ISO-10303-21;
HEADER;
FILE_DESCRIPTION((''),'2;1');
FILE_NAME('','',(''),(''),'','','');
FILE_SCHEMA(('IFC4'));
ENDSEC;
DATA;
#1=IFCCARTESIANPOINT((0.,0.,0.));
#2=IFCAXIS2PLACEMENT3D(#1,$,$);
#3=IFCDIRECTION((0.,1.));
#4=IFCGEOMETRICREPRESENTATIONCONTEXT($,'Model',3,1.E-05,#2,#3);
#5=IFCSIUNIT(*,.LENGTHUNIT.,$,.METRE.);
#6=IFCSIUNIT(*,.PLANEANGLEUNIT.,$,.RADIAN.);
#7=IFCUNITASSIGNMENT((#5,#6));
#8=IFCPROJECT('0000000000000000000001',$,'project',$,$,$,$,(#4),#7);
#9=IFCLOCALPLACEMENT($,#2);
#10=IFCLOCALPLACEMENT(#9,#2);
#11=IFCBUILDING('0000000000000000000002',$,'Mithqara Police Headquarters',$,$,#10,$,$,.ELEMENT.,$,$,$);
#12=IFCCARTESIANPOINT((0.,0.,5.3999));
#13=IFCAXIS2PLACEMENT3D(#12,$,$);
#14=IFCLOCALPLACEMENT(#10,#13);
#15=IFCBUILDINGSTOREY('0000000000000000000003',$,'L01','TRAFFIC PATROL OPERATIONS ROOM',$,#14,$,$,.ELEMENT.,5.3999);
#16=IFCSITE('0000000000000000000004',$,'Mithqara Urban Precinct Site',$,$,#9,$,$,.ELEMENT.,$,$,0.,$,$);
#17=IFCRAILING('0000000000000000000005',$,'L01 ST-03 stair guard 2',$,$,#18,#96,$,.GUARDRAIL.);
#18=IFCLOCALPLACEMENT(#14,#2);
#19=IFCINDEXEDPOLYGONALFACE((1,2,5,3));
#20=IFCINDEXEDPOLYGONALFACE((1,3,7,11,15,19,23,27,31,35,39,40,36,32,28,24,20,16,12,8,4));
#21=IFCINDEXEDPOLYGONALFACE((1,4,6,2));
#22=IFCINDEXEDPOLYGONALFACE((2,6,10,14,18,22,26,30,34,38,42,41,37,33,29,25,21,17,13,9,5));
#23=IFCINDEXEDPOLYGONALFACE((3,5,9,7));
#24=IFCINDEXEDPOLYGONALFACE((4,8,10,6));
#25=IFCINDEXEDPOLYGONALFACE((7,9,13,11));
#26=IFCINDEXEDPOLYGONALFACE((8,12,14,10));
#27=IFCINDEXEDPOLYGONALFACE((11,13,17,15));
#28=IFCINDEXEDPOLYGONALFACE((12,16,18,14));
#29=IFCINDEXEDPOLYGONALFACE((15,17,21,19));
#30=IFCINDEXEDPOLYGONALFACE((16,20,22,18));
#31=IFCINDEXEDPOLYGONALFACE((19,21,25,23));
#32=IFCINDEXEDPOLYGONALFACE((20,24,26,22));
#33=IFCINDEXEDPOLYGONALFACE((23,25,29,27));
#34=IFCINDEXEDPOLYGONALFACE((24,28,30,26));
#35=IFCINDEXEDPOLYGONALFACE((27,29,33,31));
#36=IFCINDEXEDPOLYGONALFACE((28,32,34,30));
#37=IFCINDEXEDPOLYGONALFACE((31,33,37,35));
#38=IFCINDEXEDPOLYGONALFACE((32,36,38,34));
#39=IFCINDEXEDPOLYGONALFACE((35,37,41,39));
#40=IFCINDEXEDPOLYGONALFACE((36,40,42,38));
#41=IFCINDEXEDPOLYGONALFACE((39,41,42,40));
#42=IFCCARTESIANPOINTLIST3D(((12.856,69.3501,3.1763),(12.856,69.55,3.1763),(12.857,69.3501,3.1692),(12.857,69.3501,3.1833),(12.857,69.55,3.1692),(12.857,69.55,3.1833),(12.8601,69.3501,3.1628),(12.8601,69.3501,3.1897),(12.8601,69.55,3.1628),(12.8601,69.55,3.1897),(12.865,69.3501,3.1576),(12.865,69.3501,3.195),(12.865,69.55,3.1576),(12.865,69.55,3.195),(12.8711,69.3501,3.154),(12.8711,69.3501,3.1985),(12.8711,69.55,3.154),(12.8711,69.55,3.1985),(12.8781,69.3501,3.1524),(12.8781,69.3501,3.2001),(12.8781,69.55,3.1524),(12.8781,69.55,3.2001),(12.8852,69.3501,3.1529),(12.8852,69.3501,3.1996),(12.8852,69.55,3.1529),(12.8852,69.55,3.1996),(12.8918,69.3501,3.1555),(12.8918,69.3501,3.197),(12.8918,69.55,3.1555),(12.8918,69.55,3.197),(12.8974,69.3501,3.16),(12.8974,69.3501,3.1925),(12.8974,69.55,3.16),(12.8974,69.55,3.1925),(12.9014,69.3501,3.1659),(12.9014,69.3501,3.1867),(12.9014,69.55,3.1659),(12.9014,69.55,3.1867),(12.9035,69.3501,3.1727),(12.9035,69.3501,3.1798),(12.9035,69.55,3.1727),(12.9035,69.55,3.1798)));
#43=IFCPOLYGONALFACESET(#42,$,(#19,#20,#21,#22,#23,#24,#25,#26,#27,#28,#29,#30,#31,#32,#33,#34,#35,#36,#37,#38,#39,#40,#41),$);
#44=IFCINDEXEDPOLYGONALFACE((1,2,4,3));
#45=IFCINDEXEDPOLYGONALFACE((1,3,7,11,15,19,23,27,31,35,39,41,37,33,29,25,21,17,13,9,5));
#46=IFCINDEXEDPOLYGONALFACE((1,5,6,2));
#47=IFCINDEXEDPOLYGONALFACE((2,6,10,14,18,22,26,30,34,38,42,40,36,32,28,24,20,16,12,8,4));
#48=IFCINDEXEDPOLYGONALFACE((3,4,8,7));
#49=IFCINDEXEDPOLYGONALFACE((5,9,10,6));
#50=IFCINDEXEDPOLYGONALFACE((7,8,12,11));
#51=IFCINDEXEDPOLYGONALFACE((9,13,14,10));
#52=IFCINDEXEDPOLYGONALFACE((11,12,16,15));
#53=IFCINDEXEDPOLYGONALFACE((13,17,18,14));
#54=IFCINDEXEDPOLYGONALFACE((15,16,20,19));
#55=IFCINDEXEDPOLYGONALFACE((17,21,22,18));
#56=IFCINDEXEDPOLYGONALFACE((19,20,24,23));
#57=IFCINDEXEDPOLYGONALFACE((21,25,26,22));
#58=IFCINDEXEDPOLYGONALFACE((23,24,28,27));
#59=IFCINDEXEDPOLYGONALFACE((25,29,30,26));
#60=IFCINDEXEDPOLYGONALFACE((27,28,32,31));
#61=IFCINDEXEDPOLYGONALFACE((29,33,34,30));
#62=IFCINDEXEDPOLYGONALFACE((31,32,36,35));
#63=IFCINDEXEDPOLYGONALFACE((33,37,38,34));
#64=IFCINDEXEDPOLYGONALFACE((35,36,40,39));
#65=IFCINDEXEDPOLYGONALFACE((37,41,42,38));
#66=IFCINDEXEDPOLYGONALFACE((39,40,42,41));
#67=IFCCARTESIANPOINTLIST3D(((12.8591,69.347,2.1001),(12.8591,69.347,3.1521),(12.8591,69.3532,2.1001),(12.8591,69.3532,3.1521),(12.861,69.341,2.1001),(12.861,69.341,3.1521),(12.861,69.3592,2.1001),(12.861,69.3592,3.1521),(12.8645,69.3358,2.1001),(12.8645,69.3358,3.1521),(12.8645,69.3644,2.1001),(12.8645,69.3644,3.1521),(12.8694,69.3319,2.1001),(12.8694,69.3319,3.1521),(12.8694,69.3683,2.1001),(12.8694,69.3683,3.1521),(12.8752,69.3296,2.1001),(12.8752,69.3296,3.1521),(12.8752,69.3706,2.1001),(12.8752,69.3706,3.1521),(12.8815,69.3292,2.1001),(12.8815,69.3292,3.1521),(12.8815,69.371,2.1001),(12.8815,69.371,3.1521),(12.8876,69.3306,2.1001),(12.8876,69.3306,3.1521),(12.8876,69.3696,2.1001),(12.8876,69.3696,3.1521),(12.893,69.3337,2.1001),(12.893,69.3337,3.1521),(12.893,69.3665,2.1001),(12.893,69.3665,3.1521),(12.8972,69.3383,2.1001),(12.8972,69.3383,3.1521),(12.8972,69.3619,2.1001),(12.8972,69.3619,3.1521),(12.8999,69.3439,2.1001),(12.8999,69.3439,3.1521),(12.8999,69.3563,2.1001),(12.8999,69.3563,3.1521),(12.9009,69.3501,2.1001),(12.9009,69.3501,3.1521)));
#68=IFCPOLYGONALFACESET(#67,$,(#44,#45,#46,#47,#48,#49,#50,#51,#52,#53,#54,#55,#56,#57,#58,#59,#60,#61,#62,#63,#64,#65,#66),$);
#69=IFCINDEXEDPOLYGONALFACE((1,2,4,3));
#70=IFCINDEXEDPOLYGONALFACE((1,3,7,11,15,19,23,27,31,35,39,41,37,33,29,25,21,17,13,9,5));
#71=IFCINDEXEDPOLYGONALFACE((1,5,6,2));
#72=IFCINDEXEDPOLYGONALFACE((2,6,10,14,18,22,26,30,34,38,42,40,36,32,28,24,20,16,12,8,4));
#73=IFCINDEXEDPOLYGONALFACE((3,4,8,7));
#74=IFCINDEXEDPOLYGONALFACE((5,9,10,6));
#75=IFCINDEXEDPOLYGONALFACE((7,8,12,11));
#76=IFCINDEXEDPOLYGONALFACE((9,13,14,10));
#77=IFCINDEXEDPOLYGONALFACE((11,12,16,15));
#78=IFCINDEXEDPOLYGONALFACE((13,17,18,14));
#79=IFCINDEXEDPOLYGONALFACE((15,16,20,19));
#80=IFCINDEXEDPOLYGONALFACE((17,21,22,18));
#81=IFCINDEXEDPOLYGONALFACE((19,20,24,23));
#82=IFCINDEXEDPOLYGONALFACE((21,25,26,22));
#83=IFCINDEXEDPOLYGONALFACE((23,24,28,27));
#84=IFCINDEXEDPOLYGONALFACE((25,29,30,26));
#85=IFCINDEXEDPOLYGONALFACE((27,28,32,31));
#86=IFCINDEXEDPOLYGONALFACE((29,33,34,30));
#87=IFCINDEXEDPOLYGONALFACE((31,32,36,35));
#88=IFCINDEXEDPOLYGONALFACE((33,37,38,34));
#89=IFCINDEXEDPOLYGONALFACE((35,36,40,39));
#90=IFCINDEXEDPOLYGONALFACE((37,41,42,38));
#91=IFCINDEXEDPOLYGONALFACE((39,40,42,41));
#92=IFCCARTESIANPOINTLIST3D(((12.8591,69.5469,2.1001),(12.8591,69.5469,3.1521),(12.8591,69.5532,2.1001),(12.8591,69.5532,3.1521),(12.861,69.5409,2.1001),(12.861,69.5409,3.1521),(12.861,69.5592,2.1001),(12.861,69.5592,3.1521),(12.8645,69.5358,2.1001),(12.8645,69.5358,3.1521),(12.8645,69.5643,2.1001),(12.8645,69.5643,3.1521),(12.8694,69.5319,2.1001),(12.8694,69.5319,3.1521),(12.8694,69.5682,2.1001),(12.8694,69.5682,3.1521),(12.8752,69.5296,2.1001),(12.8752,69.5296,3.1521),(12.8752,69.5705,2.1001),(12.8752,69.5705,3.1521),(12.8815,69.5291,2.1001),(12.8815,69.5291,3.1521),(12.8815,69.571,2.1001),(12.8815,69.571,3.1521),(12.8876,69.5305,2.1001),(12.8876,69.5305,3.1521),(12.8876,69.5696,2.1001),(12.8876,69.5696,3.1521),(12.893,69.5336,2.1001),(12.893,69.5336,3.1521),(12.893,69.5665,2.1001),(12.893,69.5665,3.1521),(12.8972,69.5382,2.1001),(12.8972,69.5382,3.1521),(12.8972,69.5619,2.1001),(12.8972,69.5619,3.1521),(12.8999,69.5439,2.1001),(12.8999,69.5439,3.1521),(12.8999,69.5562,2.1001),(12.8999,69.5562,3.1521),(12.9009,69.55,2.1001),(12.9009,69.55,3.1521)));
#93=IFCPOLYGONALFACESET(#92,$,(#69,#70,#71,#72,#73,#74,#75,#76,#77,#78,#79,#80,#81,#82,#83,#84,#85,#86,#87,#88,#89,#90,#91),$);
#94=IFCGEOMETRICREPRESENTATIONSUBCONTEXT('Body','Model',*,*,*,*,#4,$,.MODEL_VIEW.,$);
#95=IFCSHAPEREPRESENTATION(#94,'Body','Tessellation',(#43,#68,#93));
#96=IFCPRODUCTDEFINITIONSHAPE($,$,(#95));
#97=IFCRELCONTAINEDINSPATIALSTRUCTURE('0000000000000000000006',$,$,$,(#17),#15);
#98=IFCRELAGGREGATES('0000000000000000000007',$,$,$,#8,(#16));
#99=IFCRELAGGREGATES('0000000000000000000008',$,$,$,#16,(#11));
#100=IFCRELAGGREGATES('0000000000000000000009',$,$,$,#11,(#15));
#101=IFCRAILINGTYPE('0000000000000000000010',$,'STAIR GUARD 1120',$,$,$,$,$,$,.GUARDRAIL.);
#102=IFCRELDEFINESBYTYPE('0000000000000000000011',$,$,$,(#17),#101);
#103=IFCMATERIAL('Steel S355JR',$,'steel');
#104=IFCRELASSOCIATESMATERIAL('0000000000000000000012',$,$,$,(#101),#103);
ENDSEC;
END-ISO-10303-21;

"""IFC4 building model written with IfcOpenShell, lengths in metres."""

from ifc_helpers import new_model, si_unit, direction, frame, origin, origin_2d, place, context, subcontext, project, spatial, circle, extrude, material, type_object, element, save


model = new_model("IFC4")

# Units and contexts
model_context = context("Model", 3, precision=1e-05, world=origin(), true_north=direction((0.0, 1.0)))
body_context = subcontext(model_context, "Body", "Model", "MODEL_VIEW")
ifc_project = project(units=[si_unit("LENGTHUNIT", "METRE"), si_unit("PLANEANGLEUNIT", "RADIAN")], contexts=[model_context])

# Site, building, storey
site_placement = place(None, origin())
site = spatial("IfcSite", under=ifc_project, at=site_placement, Name="Mithqara Urban Precinct Site", CompositionType="ELEMENT", RefElevation=0.0)
building_placement = place(site_placement, origin())
building = spatial("IfcBuilding", under=site, at=building_placement, Name="Mithqara Police Headquarters", CompositionType="ELEMENT")
storey_placement = place(building_placement, frame((0.0, 0.0, 5.3999)))
storey = spatial("IfcBuildingStorey", under=building, at=storey_placement, Name="L01", Description="TRAFFIC PATROL OPERATIONS ROOM", CompositionType="ELEMENT", Elevation=5.3999)

# Shared definitions
ifc_material_1 = material(Name="Steel S355JR", Category="steel")

# Railing
railing_type_1 = type_object("IfcRailingType", Name="STAIR GUARD 1120", PredefinedType="GUARDRAIL", material=ifc_material_1)
railing_1_placement = place(storey_placement, frame((12.8799, 69.3501, 2.1001)))
element("IfcRailing", 1, at=railing_1_placement, inside=storey, type_object=railing_type_1, Name="L01 ST-03 stair guard 2", PredefinedType="GUARDRAIL", context=body_context, shape_type="SweptSolid", body=[
    extrude(circle(Radius=0.0239, at=origin_2d()), frame((0.0, 0.0, 1.0762), z_axis=(0.0, 1.0, 0.0), x_axis=(-1.0, 0.0, 0.0)), (0.0, 0.0, 1.0), 0.2),
    extrude(circle(Radius=0.021, at=origin_2d()), origin(), (0.0, 0.0, 1.0), 1.052),
    extrude(circle(Radius=0.021, at=origin_2d()), frame((0.0, 0.2, 0.0)), (0.0, 0.0, 1.0), 1.052),
])

save(model, "model.ifc")
